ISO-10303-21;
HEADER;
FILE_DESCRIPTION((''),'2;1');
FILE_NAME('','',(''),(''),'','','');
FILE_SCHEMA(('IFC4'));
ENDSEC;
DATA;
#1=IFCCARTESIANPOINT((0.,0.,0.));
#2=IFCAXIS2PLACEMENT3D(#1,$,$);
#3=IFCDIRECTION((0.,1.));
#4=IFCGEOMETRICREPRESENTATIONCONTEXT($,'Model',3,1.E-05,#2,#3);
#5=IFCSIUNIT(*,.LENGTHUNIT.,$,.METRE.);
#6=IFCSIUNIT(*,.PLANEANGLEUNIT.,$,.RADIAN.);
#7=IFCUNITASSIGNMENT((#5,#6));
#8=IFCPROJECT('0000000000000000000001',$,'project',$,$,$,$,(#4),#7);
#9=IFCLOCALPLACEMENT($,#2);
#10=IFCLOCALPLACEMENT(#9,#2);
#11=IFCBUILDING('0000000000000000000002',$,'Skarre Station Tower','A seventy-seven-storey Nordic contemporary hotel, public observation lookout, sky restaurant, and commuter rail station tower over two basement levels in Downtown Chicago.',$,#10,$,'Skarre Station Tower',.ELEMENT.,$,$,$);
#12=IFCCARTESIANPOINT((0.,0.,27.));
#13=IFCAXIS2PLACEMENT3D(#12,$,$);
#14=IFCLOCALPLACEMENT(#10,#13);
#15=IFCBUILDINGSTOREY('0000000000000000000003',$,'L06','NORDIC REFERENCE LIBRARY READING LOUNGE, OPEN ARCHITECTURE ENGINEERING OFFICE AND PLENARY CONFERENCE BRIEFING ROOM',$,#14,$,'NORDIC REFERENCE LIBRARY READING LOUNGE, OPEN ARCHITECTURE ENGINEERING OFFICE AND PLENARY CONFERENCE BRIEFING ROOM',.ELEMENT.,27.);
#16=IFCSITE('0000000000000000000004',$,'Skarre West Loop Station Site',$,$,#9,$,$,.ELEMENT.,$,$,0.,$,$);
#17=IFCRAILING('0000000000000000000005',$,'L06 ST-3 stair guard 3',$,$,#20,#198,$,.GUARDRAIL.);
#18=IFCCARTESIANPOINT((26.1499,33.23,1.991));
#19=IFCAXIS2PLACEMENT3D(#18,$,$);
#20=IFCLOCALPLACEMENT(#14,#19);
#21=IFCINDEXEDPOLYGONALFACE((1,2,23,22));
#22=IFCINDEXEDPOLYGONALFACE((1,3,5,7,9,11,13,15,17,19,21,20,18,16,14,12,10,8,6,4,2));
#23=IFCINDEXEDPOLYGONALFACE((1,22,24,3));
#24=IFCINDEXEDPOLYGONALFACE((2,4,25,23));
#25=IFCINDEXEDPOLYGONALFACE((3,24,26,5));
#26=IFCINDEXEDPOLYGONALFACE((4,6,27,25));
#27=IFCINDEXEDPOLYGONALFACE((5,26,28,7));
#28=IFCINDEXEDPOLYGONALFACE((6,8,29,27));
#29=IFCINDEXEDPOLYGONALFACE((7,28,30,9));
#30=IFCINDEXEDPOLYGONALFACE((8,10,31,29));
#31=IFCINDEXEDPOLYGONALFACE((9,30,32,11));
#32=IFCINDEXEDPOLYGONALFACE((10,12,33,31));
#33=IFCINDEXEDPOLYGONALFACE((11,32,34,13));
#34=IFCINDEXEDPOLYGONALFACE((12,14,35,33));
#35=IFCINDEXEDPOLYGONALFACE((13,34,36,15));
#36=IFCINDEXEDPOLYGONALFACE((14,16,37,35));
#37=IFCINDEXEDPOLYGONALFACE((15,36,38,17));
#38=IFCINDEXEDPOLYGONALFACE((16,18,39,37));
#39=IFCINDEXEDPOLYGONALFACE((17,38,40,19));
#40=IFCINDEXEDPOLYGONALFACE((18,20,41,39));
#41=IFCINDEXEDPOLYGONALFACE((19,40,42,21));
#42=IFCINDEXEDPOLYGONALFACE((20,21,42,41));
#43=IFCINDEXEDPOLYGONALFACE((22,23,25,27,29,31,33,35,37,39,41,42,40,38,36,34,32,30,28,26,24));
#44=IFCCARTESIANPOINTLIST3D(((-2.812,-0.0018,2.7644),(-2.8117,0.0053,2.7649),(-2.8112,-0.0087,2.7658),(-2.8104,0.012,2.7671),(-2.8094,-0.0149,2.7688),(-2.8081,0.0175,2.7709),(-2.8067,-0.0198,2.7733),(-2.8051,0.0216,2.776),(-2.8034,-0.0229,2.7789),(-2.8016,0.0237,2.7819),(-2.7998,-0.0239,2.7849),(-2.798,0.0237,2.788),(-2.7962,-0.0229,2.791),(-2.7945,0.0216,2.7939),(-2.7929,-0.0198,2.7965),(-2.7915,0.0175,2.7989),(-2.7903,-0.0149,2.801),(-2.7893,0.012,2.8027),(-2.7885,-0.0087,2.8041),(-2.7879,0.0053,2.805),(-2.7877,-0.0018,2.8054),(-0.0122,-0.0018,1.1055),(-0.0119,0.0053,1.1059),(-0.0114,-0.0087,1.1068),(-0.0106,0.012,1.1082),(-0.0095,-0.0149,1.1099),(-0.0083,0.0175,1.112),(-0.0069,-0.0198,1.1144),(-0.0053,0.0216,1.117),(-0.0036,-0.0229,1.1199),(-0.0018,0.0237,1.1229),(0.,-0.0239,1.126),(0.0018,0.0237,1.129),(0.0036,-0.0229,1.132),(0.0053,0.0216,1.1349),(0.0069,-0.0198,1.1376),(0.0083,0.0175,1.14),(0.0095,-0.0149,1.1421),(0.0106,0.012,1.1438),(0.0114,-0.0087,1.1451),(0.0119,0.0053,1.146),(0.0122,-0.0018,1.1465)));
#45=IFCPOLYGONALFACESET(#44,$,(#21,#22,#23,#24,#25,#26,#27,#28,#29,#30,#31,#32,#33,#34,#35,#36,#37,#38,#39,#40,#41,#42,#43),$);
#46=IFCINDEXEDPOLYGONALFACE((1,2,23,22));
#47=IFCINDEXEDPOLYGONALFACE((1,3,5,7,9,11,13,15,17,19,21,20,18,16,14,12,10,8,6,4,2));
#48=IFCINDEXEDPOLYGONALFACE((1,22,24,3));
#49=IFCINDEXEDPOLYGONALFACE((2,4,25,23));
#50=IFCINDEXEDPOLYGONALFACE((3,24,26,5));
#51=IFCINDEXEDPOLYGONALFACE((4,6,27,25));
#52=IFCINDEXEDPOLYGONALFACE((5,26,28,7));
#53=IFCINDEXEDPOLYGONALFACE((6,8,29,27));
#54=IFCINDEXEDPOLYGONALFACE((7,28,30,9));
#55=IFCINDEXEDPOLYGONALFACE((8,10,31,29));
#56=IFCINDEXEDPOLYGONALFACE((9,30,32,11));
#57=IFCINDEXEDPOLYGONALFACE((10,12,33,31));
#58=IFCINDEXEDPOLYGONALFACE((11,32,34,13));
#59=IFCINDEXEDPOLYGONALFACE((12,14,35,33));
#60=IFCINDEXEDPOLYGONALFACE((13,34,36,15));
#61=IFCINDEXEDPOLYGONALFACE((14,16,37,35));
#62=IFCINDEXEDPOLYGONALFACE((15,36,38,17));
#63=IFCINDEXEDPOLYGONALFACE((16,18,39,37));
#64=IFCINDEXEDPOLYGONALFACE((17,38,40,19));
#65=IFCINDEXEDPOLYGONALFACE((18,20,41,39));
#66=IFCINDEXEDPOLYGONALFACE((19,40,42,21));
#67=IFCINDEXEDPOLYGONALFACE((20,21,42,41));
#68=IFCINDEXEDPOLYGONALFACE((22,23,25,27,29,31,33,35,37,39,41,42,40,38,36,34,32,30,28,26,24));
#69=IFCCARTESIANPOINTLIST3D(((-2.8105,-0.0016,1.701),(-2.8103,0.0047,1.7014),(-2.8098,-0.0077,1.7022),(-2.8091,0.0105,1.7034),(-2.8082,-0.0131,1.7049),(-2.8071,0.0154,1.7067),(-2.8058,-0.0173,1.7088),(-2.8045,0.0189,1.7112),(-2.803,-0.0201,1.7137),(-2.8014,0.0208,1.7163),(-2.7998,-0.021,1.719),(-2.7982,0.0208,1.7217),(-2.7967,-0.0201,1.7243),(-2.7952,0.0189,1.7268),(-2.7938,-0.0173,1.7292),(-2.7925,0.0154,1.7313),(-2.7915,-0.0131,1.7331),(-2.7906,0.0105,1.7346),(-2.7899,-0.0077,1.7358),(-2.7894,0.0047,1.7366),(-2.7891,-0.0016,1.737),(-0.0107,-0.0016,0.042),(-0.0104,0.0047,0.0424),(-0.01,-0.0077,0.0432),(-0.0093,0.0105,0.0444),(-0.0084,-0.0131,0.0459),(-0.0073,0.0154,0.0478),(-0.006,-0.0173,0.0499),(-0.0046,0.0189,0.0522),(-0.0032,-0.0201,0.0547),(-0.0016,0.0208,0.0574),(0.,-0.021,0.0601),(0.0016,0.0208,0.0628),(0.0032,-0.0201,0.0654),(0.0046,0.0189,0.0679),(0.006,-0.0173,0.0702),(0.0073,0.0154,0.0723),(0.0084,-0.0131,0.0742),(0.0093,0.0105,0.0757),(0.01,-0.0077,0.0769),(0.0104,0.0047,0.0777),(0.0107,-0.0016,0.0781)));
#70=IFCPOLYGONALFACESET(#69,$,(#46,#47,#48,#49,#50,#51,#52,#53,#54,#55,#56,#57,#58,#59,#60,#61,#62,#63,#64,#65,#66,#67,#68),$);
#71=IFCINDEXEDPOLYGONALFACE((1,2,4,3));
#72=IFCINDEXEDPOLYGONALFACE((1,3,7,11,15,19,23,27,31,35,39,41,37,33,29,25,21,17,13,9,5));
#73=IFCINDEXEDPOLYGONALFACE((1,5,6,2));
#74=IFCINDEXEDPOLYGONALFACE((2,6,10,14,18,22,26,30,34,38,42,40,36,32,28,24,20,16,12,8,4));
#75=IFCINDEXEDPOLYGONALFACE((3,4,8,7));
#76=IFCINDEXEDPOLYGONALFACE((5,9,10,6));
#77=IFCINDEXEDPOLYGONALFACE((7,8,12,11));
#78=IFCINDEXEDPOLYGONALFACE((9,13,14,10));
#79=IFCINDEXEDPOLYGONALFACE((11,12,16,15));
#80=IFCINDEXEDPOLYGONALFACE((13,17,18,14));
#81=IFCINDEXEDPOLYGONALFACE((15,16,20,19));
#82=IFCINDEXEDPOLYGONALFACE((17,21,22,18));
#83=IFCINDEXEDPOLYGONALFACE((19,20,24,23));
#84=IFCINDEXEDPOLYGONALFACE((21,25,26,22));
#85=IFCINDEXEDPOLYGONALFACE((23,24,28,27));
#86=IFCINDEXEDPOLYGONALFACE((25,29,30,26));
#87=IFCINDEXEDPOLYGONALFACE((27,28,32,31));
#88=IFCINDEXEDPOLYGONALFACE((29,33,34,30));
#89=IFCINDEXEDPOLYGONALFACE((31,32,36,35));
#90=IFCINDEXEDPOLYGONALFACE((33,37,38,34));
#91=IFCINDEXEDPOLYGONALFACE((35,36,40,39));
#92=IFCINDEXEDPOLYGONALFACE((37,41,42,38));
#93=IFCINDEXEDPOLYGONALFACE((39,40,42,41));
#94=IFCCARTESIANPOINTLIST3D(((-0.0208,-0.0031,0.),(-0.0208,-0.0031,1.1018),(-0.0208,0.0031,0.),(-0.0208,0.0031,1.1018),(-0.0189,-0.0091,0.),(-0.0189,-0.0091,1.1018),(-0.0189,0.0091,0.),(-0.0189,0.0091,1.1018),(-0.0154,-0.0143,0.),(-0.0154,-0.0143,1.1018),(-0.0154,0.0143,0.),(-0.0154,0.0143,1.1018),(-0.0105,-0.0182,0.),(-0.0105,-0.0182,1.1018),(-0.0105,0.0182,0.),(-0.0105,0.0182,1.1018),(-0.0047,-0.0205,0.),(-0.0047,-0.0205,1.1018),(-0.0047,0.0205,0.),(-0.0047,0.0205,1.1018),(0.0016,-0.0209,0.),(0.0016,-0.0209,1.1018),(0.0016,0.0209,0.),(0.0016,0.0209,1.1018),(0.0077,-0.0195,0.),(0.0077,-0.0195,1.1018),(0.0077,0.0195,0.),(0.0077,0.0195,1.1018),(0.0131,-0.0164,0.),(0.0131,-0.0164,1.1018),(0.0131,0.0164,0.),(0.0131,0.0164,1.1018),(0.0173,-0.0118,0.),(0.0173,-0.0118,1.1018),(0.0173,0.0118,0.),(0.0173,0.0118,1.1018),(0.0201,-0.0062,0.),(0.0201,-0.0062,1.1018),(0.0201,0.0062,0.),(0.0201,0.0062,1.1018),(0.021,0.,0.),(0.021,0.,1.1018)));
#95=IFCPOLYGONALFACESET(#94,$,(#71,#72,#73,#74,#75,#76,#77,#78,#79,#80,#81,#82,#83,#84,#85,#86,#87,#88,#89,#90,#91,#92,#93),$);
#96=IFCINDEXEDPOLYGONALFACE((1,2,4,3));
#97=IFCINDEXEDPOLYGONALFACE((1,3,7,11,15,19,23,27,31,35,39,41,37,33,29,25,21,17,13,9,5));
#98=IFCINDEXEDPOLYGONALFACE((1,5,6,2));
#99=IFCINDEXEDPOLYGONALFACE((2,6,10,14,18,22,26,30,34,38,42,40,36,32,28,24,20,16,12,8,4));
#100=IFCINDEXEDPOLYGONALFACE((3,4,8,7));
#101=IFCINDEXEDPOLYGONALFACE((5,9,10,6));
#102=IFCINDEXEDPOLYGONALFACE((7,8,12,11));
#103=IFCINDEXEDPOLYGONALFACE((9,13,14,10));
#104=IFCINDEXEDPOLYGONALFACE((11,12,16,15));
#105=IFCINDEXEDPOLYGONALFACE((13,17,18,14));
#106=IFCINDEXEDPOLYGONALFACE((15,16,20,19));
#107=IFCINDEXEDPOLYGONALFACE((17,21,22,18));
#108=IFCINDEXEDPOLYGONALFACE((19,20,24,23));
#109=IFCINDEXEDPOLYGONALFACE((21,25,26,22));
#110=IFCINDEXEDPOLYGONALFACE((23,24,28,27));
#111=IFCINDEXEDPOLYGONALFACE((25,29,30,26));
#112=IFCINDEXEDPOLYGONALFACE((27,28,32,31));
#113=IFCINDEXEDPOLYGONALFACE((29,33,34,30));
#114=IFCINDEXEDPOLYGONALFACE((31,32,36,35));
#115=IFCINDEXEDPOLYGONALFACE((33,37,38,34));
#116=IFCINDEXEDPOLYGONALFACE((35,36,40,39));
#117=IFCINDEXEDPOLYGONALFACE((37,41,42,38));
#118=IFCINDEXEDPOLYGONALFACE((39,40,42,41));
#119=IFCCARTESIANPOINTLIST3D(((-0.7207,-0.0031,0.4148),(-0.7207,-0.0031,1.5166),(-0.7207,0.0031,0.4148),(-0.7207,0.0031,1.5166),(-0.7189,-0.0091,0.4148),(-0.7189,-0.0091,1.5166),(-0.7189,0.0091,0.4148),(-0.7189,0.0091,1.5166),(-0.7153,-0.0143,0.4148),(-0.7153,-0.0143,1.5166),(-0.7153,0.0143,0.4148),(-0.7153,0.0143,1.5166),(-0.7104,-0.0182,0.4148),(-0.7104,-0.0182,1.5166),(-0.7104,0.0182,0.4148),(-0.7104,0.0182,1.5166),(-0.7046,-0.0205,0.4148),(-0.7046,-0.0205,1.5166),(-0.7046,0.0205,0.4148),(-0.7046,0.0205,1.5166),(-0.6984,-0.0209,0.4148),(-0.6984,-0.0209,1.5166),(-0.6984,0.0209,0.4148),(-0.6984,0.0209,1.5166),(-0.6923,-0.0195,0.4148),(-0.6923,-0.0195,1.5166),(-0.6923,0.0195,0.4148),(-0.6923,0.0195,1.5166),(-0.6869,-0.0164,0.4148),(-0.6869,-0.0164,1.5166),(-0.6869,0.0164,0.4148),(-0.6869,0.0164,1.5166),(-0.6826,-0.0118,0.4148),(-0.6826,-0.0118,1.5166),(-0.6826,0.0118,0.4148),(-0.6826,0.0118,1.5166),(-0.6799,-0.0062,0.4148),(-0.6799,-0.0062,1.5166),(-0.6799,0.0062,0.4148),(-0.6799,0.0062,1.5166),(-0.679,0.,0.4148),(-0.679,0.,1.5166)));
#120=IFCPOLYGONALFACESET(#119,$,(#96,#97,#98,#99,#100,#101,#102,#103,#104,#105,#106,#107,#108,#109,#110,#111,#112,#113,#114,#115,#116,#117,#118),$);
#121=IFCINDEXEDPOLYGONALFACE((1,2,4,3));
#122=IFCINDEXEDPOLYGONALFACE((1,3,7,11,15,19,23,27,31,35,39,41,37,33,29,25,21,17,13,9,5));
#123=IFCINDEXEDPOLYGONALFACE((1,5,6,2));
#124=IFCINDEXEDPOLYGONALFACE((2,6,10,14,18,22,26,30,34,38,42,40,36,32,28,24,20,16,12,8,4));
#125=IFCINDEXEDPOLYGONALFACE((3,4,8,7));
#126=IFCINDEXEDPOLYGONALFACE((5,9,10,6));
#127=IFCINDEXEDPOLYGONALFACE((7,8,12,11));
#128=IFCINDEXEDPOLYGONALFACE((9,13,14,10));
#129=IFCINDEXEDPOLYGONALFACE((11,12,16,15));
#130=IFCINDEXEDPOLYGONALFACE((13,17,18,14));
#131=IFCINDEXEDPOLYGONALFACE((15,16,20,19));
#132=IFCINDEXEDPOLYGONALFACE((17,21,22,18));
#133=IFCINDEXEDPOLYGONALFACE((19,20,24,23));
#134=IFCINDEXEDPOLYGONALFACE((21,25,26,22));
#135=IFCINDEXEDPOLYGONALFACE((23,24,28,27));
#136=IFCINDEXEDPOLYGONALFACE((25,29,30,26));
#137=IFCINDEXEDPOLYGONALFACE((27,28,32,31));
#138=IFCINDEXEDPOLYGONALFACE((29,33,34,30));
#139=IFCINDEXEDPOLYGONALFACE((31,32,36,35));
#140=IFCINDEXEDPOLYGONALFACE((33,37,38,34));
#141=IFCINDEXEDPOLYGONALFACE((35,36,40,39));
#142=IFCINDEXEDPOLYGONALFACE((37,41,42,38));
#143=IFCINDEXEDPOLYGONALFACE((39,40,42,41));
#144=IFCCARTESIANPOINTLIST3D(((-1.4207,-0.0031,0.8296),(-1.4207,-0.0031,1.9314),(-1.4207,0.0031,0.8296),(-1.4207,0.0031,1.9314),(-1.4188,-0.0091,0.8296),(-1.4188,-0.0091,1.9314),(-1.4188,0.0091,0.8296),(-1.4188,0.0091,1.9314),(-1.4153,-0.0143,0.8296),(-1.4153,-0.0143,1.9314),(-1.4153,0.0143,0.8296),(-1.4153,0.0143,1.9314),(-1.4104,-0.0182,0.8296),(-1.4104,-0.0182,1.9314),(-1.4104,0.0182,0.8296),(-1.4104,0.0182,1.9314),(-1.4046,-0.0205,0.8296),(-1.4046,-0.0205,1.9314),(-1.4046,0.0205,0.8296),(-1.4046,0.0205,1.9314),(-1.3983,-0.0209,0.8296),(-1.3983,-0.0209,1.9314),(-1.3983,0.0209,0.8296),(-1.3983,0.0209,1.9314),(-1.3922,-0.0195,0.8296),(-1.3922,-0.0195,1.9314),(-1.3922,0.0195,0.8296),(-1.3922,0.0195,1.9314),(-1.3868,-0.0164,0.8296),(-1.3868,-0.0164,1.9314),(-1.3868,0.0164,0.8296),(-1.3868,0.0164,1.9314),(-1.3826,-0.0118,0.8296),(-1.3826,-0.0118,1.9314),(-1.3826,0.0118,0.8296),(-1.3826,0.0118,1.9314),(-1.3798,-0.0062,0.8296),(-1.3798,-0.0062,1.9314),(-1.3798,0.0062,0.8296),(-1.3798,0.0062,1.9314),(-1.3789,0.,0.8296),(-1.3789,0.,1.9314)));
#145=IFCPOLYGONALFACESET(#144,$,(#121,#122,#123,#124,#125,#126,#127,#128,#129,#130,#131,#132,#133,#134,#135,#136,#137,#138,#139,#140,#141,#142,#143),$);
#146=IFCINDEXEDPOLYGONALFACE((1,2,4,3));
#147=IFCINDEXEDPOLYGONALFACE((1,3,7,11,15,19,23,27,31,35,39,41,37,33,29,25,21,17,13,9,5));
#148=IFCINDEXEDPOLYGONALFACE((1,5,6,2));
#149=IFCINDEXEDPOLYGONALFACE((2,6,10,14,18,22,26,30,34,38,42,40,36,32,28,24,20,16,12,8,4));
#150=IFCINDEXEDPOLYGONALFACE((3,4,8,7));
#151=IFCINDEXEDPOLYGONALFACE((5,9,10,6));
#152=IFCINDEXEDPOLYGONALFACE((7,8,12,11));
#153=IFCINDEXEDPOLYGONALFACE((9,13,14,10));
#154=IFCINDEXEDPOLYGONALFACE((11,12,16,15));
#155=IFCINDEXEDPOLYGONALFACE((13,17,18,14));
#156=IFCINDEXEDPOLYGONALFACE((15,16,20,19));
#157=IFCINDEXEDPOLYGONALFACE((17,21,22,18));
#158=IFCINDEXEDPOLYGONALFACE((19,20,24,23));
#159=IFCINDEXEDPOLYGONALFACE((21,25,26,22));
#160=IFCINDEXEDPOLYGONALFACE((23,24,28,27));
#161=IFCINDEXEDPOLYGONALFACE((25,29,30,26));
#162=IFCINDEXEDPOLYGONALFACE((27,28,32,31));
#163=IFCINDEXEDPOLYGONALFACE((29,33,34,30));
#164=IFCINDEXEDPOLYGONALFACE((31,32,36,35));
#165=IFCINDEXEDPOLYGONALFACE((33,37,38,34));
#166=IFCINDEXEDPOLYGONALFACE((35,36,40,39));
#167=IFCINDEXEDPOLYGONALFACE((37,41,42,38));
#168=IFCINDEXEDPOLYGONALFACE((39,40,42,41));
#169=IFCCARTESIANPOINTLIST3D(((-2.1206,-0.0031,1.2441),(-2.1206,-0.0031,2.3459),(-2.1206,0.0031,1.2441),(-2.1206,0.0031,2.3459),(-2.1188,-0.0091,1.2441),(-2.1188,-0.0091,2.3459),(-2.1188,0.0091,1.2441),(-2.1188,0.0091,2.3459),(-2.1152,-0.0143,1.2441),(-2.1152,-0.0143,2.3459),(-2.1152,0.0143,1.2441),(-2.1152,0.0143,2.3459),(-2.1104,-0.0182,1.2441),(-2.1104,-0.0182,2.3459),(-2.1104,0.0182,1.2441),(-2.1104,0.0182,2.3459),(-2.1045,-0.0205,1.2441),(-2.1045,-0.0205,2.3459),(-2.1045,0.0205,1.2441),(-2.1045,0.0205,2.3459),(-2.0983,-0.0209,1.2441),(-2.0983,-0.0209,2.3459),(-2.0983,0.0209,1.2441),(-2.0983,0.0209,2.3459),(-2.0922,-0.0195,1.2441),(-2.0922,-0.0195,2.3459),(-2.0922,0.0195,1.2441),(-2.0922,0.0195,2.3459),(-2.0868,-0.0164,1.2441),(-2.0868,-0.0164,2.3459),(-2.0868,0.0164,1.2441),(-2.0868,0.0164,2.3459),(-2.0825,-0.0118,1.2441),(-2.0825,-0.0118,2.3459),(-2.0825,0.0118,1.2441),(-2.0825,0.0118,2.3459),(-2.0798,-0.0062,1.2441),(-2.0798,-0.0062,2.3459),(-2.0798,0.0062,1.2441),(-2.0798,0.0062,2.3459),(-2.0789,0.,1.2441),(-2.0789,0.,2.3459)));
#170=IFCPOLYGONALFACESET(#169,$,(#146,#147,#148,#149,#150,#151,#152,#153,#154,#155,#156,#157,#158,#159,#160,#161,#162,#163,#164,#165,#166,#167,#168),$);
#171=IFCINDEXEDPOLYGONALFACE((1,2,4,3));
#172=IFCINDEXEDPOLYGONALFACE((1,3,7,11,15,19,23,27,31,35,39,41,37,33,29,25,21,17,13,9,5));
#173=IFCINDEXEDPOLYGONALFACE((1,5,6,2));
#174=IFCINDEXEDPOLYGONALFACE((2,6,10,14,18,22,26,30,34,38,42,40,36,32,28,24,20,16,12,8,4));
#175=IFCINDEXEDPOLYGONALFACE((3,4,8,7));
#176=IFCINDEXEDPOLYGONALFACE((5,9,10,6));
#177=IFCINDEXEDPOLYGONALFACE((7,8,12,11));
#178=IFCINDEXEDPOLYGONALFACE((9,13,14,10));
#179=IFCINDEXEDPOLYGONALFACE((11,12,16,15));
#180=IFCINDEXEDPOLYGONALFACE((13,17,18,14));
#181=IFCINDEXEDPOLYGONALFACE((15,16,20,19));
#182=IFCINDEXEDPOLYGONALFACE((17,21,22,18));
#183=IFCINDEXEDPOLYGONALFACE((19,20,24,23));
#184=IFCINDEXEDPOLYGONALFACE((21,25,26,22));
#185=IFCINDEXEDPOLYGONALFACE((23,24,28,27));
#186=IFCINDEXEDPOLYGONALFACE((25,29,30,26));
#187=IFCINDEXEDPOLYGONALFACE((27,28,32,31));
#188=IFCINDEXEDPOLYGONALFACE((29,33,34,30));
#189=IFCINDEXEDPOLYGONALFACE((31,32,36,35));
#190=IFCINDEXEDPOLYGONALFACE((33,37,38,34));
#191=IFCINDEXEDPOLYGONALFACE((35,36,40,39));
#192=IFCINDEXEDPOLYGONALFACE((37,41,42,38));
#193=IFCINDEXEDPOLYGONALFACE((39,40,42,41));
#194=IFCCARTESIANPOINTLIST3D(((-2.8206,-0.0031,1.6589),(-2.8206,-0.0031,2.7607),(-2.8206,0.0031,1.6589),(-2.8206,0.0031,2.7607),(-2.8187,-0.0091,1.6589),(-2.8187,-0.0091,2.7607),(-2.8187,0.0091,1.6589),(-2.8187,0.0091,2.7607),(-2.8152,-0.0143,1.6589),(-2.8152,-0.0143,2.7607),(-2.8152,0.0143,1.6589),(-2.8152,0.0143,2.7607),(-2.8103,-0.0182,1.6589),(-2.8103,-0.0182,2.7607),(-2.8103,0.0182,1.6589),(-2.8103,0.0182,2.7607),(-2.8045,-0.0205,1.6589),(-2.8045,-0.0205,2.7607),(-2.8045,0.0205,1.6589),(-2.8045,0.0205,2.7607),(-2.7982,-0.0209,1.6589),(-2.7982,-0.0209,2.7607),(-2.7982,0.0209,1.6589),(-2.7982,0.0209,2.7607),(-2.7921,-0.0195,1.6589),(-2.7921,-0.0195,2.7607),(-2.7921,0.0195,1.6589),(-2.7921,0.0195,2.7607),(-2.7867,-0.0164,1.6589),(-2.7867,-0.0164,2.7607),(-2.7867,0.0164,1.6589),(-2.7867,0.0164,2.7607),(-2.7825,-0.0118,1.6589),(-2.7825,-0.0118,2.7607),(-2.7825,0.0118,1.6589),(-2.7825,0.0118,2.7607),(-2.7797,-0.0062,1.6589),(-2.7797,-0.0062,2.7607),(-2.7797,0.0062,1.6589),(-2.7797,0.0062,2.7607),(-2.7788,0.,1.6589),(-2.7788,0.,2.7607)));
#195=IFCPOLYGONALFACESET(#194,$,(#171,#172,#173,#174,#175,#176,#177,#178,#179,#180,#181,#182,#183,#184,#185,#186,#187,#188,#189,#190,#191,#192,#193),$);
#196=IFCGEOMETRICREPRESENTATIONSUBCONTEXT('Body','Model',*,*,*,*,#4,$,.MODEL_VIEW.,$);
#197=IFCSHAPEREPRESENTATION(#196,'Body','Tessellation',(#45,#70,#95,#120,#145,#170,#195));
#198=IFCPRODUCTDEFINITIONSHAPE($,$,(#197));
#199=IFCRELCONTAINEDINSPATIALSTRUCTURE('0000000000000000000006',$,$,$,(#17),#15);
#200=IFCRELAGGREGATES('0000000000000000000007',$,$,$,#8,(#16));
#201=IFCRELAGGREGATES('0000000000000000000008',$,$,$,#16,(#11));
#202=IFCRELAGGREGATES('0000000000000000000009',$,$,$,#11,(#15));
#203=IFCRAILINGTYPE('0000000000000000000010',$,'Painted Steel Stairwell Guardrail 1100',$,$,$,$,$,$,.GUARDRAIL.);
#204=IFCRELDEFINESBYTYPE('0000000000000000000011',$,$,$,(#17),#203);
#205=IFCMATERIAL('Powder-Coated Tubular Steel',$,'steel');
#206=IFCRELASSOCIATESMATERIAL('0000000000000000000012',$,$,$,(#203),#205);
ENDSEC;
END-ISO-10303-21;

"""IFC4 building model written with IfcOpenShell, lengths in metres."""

from ifc_helpers import new_model, si_unit, direction, frame, origin, origin_2d, place, context, subcontext, project, spatial, circle, extrude, material, type_object, element, save


model = new_model("IFC4")

# Units and contexts
model_context = context("Model", 3, precision=1e-05, world=origin(), true_north=direction((0.0, 1.0)))
body_context = subcontext(model_context, "Body", "Model", "MODEL_VIEW")
ifc_project = project(units=[si_unit("LENGTHUNIT", "METRE"), si_unit("PLANEANGLEUNIT", "RADIAN")], contexts=[model_context])

# Site, building, storey
site_placement = place(None, origin())
site = spatial("IfcSite", under=ifc_project, at=site_placement, Name="Skarre West Loop Station Site", CompositionType="ELEMENT", RefElevation=0.0)
building_placement = place(site_placement, origin())
building = spatial("IfcBuilding", under=site, at=building_placement, Name="Skarre Station Tower", Description="A seventy-seven-storey Nordic contemporary hotel, public observation lookout, sky restaurant, and commuter rail station tower over two basement levels in Downtown Chicago.", LongName="Skarre Station Tower", CompositionType="ELEMENT")
storey_placement = place(building_placement, frame((0.0, 0.0, 27.0)))
storey = spatial("IfcBuildingStorey", under=building, at=storey_placement, Name="L06", Description="NORDIC REFERENCE LIBRARY READING LOUNGE, OPEN ARCHITECTURE ENGINEERING OFFICE AND PLENARY CONFERENCE BRIEFING ROOM", LongName="NORDIC REFERENCE LIBRARY READING LOUNGE, OPEN ARCHITECTURE ENGINEERING OFFICE AND PLENARY CONFERENCE BRIEFING ROOM", CompositionType="ELEMENT", Elevation=27.0)

# Railing
ifc_material_1 = material(Name="Powder-Coated Tubular Steel", Category="steel")
railing_type_1 = type_object("IfcRailingType", Name="Painted Steel Stairwell Guardrail 1100", PredefinedType="GUARDRAIL", material=ifc_material_1)
railing_1_placement = place(storey_placement, frame((26.1499, 33.23, 1.991)))
element("IfcRailing", 1, at=railing_1_placement, inside=storey, type_object=railing_type_1, Name="L06 ST-3 stair guard 3", PredefinedType="GUARDRAIL", context=body_context, shape_type="SweptSolid", body=[
    extrude(circle(Radius=0.0239, at=origin_2d()), frame((0.0, 0.0, 1.126), z_axis=(-0.86032, 0.0, 0.509755), x_axis=(0.0, -1.0, 0.0)), (0.0, 0.0, 1.0), 3.2544),
    extrude(circle(Radius=0.021, at=origin_2d()), frame((0.0, 0.0, 0.0601), z_axis=(-0.86032, 0.0, 0.509755), x_axis=(0.0, -1.0, 0.0)), (0.0, 0.0, 1.0), 3.2544),
    extrude(circle(Radius=0.021, at=origin_2d()), origin(), (0.0, 0.0, 1.0), 1.1018),
    extrude(circle(Radius=0.021, at=origin_2d()), frame((-0.7, 0.0, 0.4148)), (0.0, 0.0, 1.0), 1.1018),
    extrude(circle(Radius=0.021, at=origin_2d()), frame((-1.3999, 0.0, 0.8296)), (0.0, 0.0, 1.0), 1.1018),
    extrude(circle(Radius=0.021, at=origin_2d()), frame((-2.0999, 0.0, 1.2441)), (0.0, 0.0, 1.0), 1.1018),
    extrude(circle(Radius=0.021, at=origin_2d()), frame((-2.7998, 0.0, 1.6589)), (0.0, 0.0, 1.0), 1.1018),
])

save(model, "model.ifc")
